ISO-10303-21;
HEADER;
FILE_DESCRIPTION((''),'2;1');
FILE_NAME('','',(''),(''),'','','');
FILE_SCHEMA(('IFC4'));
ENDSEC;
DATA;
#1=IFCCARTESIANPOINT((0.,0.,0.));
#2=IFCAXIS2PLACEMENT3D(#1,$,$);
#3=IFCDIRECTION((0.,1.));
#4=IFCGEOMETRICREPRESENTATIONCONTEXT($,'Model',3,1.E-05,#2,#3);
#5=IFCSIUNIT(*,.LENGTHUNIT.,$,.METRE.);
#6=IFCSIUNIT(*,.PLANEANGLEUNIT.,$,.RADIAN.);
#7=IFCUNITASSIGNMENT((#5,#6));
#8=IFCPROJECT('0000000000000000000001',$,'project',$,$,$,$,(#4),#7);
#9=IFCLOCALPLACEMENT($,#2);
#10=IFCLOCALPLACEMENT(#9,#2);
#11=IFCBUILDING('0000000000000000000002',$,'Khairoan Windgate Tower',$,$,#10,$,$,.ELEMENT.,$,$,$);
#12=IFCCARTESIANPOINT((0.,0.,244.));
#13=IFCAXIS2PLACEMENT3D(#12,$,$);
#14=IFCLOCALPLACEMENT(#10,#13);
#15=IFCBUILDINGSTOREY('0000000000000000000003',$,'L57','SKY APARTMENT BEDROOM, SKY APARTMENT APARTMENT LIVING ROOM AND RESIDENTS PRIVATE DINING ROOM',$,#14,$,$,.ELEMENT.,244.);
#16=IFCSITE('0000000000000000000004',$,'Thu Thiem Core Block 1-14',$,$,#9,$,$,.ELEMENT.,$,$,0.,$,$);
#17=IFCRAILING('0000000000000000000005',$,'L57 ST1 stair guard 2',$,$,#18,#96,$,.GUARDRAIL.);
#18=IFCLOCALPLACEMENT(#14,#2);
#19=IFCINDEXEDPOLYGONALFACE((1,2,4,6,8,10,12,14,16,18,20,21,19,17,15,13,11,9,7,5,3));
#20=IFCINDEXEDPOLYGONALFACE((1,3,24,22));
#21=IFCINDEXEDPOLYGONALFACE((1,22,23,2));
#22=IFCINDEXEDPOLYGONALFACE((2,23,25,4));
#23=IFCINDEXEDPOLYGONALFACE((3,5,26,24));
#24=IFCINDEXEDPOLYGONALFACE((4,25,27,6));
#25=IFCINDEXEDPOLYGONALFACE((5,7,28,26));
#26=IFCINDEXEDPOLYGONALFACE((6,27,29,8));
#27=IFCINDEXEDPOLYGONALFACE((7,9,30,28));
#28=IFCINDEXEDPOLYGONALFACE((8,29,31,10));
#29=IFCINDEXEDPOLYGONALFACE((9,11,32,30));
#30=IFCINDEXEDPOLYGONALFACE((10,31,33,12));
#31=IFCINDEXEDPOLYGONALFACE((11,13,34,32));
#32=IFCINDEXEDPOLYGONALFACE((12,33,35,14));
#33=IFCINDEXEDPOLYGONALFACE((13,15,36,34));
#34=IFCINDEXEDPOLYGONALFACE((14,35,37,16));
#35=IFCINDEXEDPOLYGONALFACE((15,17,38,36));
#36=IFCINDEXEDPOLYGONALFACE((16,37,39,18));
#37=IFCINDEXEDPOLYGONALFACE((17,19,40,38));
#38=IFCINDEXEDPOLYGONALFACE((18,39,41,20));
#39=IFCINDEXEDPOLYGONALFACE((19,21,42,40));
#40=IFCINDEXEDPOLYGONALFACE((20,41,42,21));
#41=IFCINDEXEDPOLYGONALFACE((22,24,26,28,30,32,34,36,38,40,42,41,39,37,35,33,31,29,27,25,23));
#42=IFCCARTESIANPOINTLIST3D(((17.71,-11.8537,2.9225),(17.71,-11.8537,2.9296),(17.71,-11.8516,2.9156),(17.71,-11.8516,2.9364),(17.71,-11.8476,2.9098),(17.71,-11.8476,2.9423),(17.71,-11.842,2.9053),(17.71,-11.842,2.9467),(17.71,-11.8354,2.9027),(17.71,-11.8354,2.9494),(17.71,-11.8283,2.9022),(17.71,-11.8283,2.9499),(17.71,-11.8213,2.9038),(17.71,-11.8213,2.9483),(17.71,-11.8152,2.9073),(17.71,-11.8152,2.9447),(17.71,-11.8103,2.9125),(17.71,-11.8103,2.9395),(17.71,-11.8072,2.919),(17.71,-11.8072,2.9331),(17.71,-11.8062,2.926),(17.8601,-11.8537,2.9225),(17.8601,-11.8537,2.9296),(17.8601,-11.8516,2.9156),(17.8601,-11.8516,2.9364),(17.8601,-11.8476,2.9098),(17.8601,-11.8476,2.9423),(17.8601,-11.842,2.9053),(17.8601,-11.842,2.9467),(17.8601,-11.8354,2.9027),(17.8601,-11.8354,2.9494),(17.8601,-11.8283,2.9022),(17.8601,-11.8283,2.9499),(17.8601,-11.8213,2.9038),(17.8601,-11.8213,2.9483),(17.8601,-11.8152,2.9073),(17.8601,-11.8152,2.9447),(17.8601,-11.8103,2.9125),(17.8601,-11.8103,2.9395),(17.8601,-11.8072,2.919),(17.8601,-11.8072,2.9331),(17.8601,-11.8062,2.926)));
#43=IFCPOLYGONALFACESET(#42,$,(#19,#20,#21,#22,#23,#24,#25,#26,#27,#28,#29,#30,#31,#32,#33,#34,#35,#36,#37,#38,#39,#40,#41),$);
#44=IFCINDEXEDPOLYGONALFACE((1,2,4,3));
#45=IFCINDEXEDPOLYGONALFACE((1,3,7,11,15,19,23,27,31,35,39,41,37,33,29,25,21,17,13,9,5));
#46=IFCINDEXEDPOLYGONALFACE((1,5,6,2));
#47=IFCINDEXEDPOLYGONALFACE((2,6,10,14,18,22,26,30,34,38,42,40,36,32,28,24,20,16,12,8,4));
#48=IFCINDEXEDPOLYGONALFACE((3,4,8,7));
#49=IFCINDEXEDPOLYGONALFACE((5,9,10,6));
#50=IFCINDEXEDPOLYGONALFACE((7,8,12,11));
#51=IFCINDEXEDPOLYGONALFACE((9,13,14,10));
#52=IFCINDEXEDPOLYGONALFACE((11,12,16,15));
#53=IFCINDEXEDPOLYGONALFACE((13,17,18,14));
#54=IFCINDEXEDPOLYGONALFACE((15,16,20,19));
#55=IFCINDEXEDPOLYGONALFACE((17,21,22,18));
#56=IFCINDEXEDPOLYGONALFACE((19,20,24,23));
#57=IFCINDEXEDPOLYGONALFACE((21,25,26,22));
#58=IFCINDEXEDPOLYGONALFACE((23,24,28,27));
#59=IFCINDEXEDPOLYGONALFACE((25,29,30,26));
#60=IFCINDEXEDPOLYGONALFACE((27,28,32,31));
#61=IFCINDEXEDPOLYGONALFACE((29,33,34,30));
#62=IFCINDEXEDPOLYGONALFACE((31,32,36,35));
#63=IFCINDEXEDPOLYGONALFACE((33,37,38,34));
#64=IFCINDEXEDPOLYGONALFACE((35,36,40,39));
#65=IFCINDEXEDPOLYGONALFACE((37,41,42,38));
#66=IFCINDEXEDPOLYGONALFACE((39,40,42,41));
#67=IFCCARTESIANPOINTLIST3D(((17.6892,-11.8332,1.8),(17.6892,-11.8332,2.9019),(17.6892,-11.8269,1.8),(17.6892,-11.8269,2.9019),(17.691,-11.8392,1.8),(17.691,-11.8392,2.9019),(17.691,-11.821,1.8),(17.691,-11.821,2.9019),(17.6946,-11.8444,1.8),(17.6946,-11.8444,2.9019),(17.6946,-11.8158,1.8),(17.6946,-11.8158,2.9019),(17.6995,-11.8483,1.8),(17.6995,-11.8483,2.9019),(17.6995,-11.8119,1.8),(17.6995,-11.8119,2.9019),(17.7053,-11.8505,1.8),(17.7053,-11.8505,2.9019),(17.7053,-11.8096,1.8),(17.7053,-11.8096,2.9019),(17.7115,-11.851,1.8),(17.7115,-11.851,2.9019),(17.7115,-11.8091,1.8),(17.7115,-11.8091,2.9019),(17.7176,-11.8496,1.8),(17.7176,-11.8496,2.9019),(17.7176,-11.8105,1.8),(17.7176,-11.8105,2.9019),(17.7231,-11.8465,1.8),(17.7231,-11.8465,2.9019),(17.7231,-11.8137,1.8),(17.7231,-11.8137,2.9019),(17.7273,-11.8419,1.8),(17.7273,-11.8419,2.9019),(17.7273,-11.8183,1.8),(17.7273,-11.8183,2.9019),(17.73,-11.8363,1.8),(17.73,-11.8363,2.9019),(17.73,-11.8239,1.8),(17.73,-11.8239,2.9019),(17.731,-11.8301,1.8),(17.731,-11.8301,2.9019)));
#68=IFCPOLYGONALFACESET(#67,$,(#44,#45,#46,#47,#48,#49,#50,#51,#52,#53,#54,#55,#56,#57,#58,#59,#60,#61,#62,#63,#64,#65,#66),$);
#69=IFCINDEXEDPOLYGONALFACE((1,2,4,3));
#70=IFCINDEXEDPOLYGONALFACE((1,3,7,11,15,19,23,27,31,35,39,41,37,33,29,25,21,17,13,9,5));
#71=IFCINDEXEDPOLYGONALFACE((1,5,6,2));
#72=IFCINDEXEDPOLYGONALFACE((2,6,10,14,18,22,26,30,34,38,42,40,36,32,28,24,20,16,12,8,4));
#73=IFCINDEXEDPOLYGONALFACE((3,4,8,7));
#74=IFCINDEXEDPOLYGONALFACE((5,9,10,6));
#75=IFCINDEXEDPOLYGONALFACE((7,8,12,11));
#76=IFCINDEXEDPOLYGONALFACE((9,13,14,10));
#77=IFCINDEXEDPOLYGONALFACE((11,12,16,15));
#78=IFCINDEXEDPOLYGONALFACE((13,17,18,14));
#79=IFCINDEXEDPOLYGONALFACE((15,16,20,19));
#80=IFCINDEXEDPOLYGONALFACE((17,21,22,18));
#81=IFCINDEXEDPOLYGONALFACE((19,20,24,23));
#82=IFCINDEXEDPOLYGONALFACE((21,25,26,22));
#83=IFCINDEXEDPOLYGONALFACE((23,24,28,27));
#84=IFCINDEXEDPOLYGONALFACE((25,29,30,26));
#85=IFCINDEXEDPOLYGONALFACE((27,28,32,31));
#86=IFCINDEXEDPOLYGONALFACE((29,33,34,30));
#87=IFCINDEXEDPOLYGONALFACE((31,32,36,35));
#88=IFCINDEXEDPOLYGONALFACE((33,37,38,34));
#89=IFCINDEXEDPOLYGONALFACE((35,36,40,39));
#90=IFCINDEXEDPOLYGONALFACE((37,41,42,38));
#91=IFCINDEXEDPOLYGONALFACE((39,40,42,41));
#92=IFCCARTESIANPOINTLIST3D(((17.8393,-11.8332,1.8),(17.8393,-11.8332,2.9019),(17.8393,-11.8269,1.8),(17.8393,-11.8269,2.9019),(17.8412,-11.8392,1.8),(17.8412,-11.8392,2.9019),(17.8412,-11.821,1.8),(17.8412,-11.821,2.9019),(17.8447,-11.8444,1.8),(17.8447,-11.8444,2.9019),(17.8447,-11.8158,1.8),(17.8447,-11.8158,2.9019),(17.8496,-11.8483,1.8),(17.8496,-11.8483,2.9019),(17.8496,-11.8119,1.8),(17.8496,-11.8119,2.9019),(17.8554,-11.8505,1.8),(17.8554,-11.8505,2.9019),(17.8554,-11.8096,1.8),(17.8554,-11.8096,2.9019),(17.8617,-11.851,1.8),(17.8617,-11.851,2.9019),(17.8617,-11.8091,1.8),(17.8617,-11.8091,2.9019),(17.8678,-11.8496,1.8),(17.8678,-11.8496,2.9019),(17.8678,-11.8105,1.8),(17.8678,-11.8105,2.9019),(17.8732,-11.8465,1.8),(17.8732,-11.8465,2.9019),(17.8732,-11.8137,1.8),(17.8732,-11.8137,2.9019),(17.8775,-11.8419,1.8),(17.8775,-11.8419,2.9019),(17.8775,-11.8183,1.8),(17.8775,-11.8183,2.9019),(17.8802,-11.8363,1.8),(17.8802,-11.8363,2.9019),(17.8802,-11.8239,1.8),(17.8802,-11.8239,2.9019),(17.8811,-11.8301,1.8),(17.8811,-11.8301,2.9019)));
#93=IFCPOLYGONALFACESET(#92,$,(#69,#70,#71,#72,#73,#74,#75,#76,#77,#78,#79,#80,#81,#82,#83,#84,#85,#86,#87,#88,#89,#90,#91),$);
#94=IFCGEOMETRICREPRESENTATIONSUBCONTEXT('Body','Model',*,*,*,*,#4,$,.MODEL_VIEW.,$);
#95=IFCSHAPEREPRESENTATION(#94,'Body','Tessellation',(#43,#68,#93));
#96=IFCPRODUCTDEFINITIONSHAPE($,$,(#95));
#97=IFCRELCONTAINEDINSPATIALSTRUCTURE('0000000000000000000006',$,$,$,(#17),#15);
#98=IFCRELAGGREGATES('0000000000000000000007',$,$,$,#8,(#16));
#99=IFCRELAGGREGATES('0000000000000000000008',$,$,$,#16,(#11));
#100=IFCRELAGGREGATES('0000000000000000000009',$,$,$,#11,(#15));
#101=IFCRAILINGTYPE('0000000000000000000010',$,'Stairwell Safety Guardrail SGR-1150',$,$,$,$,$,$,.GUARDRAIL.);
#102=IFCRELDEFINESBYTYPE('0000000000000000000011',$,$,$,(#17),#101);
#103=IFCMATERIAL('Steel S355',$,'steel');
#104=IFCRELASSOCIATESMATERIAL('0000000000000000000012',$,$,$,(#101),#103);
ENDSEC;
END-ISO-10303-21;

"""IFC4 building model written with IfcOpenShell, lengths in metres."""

from ifc_helpers import new_model, si_unit, direction, frame, origin, origin_2d, place, context, subcontext, project, spatial, circle, extrude, material, type_object, element, save


model = new_model("IFC4")

# Units and contexts
model_context = context("Model", 3, precision=1e-05, world=origin(), true_north=direction((0.0, 1.0)))
body_context = subcontext(model_context, "Body", "Model", "MODEL_VIEW")
ifc_project = project(units=[si_unit("LENGTHUNIT", "METRE"), si_unit("PLANEANGLEUNIT", "RADIAN")], contexts=[model_context])

# Site, building, storey
site_placement = place(None, origin())
site = spatial("IfcSite", under=ifc_project, at=site_placement, Name="Thu Thiem Core Block 1-14", CompositionType="ELEMENT", RefElevation=0.0)
building_placement = place(site_placement, origin())
building = spatial("IfcBuilding", under=site, at=building_placement, Name="Khairoan Windgate Tower", CompositionType="ELEMENT")
storey_placement = place(building_placement, frame((0.0, 0.0, 244.0)))
storey = spatial("IfcBuildingStorey", under=building, at=storey_placement, Name="L57", Description="SKY APARTMENT BEDROOM, SKY APARTMENT APARTMENT LIVING ROOM AND RESIDENTS PRIVATE DINING ROOM", CompositionType="ELEMENT", Elevation=244.0)

# Railing
ifc_material_1 = material(Name="Steel S355", Category="steel")
railing_type_1 = type_object("IfcRailingType", Name="Stairwell Safety Guardrail SGR-1150", PredefinedType="GUARDRAIL", material=ifc_material_1)
railing_1_placement = place(storey_placement, frame((17.71, -11.8301, 1.8)))
element("IfcRailing", 1, at=railing_1_placement, inside=storey, type_object=railing_type_1, Name="L57 ST1 stair guard 2", PredefinedType="GUARDRAIL", context=body_context, shape_type="SweptSolid", body=[
    extrude(circle(Radius=0.0239, at=origin_2d()), frame((0.0, 0.0, 1.126), z_axis=(1.0, 0.0, 0.0), x_axis=(0.0, 1.0, 0.0)), (0.0, 0.0, 1.0), 0.1501),
    extrude(circle(Radius=0.021, at=origin_2d()), origin(), (0.0, 0.0, 1.0), 1.1018),
    extrude(circle(Radius=0.021, at=origin_2d()), frame((0.1501, 0.0, 0.0)), (0.0, 0.0, 1.0), 1.1018),
])

save(model, "model.ifc")
